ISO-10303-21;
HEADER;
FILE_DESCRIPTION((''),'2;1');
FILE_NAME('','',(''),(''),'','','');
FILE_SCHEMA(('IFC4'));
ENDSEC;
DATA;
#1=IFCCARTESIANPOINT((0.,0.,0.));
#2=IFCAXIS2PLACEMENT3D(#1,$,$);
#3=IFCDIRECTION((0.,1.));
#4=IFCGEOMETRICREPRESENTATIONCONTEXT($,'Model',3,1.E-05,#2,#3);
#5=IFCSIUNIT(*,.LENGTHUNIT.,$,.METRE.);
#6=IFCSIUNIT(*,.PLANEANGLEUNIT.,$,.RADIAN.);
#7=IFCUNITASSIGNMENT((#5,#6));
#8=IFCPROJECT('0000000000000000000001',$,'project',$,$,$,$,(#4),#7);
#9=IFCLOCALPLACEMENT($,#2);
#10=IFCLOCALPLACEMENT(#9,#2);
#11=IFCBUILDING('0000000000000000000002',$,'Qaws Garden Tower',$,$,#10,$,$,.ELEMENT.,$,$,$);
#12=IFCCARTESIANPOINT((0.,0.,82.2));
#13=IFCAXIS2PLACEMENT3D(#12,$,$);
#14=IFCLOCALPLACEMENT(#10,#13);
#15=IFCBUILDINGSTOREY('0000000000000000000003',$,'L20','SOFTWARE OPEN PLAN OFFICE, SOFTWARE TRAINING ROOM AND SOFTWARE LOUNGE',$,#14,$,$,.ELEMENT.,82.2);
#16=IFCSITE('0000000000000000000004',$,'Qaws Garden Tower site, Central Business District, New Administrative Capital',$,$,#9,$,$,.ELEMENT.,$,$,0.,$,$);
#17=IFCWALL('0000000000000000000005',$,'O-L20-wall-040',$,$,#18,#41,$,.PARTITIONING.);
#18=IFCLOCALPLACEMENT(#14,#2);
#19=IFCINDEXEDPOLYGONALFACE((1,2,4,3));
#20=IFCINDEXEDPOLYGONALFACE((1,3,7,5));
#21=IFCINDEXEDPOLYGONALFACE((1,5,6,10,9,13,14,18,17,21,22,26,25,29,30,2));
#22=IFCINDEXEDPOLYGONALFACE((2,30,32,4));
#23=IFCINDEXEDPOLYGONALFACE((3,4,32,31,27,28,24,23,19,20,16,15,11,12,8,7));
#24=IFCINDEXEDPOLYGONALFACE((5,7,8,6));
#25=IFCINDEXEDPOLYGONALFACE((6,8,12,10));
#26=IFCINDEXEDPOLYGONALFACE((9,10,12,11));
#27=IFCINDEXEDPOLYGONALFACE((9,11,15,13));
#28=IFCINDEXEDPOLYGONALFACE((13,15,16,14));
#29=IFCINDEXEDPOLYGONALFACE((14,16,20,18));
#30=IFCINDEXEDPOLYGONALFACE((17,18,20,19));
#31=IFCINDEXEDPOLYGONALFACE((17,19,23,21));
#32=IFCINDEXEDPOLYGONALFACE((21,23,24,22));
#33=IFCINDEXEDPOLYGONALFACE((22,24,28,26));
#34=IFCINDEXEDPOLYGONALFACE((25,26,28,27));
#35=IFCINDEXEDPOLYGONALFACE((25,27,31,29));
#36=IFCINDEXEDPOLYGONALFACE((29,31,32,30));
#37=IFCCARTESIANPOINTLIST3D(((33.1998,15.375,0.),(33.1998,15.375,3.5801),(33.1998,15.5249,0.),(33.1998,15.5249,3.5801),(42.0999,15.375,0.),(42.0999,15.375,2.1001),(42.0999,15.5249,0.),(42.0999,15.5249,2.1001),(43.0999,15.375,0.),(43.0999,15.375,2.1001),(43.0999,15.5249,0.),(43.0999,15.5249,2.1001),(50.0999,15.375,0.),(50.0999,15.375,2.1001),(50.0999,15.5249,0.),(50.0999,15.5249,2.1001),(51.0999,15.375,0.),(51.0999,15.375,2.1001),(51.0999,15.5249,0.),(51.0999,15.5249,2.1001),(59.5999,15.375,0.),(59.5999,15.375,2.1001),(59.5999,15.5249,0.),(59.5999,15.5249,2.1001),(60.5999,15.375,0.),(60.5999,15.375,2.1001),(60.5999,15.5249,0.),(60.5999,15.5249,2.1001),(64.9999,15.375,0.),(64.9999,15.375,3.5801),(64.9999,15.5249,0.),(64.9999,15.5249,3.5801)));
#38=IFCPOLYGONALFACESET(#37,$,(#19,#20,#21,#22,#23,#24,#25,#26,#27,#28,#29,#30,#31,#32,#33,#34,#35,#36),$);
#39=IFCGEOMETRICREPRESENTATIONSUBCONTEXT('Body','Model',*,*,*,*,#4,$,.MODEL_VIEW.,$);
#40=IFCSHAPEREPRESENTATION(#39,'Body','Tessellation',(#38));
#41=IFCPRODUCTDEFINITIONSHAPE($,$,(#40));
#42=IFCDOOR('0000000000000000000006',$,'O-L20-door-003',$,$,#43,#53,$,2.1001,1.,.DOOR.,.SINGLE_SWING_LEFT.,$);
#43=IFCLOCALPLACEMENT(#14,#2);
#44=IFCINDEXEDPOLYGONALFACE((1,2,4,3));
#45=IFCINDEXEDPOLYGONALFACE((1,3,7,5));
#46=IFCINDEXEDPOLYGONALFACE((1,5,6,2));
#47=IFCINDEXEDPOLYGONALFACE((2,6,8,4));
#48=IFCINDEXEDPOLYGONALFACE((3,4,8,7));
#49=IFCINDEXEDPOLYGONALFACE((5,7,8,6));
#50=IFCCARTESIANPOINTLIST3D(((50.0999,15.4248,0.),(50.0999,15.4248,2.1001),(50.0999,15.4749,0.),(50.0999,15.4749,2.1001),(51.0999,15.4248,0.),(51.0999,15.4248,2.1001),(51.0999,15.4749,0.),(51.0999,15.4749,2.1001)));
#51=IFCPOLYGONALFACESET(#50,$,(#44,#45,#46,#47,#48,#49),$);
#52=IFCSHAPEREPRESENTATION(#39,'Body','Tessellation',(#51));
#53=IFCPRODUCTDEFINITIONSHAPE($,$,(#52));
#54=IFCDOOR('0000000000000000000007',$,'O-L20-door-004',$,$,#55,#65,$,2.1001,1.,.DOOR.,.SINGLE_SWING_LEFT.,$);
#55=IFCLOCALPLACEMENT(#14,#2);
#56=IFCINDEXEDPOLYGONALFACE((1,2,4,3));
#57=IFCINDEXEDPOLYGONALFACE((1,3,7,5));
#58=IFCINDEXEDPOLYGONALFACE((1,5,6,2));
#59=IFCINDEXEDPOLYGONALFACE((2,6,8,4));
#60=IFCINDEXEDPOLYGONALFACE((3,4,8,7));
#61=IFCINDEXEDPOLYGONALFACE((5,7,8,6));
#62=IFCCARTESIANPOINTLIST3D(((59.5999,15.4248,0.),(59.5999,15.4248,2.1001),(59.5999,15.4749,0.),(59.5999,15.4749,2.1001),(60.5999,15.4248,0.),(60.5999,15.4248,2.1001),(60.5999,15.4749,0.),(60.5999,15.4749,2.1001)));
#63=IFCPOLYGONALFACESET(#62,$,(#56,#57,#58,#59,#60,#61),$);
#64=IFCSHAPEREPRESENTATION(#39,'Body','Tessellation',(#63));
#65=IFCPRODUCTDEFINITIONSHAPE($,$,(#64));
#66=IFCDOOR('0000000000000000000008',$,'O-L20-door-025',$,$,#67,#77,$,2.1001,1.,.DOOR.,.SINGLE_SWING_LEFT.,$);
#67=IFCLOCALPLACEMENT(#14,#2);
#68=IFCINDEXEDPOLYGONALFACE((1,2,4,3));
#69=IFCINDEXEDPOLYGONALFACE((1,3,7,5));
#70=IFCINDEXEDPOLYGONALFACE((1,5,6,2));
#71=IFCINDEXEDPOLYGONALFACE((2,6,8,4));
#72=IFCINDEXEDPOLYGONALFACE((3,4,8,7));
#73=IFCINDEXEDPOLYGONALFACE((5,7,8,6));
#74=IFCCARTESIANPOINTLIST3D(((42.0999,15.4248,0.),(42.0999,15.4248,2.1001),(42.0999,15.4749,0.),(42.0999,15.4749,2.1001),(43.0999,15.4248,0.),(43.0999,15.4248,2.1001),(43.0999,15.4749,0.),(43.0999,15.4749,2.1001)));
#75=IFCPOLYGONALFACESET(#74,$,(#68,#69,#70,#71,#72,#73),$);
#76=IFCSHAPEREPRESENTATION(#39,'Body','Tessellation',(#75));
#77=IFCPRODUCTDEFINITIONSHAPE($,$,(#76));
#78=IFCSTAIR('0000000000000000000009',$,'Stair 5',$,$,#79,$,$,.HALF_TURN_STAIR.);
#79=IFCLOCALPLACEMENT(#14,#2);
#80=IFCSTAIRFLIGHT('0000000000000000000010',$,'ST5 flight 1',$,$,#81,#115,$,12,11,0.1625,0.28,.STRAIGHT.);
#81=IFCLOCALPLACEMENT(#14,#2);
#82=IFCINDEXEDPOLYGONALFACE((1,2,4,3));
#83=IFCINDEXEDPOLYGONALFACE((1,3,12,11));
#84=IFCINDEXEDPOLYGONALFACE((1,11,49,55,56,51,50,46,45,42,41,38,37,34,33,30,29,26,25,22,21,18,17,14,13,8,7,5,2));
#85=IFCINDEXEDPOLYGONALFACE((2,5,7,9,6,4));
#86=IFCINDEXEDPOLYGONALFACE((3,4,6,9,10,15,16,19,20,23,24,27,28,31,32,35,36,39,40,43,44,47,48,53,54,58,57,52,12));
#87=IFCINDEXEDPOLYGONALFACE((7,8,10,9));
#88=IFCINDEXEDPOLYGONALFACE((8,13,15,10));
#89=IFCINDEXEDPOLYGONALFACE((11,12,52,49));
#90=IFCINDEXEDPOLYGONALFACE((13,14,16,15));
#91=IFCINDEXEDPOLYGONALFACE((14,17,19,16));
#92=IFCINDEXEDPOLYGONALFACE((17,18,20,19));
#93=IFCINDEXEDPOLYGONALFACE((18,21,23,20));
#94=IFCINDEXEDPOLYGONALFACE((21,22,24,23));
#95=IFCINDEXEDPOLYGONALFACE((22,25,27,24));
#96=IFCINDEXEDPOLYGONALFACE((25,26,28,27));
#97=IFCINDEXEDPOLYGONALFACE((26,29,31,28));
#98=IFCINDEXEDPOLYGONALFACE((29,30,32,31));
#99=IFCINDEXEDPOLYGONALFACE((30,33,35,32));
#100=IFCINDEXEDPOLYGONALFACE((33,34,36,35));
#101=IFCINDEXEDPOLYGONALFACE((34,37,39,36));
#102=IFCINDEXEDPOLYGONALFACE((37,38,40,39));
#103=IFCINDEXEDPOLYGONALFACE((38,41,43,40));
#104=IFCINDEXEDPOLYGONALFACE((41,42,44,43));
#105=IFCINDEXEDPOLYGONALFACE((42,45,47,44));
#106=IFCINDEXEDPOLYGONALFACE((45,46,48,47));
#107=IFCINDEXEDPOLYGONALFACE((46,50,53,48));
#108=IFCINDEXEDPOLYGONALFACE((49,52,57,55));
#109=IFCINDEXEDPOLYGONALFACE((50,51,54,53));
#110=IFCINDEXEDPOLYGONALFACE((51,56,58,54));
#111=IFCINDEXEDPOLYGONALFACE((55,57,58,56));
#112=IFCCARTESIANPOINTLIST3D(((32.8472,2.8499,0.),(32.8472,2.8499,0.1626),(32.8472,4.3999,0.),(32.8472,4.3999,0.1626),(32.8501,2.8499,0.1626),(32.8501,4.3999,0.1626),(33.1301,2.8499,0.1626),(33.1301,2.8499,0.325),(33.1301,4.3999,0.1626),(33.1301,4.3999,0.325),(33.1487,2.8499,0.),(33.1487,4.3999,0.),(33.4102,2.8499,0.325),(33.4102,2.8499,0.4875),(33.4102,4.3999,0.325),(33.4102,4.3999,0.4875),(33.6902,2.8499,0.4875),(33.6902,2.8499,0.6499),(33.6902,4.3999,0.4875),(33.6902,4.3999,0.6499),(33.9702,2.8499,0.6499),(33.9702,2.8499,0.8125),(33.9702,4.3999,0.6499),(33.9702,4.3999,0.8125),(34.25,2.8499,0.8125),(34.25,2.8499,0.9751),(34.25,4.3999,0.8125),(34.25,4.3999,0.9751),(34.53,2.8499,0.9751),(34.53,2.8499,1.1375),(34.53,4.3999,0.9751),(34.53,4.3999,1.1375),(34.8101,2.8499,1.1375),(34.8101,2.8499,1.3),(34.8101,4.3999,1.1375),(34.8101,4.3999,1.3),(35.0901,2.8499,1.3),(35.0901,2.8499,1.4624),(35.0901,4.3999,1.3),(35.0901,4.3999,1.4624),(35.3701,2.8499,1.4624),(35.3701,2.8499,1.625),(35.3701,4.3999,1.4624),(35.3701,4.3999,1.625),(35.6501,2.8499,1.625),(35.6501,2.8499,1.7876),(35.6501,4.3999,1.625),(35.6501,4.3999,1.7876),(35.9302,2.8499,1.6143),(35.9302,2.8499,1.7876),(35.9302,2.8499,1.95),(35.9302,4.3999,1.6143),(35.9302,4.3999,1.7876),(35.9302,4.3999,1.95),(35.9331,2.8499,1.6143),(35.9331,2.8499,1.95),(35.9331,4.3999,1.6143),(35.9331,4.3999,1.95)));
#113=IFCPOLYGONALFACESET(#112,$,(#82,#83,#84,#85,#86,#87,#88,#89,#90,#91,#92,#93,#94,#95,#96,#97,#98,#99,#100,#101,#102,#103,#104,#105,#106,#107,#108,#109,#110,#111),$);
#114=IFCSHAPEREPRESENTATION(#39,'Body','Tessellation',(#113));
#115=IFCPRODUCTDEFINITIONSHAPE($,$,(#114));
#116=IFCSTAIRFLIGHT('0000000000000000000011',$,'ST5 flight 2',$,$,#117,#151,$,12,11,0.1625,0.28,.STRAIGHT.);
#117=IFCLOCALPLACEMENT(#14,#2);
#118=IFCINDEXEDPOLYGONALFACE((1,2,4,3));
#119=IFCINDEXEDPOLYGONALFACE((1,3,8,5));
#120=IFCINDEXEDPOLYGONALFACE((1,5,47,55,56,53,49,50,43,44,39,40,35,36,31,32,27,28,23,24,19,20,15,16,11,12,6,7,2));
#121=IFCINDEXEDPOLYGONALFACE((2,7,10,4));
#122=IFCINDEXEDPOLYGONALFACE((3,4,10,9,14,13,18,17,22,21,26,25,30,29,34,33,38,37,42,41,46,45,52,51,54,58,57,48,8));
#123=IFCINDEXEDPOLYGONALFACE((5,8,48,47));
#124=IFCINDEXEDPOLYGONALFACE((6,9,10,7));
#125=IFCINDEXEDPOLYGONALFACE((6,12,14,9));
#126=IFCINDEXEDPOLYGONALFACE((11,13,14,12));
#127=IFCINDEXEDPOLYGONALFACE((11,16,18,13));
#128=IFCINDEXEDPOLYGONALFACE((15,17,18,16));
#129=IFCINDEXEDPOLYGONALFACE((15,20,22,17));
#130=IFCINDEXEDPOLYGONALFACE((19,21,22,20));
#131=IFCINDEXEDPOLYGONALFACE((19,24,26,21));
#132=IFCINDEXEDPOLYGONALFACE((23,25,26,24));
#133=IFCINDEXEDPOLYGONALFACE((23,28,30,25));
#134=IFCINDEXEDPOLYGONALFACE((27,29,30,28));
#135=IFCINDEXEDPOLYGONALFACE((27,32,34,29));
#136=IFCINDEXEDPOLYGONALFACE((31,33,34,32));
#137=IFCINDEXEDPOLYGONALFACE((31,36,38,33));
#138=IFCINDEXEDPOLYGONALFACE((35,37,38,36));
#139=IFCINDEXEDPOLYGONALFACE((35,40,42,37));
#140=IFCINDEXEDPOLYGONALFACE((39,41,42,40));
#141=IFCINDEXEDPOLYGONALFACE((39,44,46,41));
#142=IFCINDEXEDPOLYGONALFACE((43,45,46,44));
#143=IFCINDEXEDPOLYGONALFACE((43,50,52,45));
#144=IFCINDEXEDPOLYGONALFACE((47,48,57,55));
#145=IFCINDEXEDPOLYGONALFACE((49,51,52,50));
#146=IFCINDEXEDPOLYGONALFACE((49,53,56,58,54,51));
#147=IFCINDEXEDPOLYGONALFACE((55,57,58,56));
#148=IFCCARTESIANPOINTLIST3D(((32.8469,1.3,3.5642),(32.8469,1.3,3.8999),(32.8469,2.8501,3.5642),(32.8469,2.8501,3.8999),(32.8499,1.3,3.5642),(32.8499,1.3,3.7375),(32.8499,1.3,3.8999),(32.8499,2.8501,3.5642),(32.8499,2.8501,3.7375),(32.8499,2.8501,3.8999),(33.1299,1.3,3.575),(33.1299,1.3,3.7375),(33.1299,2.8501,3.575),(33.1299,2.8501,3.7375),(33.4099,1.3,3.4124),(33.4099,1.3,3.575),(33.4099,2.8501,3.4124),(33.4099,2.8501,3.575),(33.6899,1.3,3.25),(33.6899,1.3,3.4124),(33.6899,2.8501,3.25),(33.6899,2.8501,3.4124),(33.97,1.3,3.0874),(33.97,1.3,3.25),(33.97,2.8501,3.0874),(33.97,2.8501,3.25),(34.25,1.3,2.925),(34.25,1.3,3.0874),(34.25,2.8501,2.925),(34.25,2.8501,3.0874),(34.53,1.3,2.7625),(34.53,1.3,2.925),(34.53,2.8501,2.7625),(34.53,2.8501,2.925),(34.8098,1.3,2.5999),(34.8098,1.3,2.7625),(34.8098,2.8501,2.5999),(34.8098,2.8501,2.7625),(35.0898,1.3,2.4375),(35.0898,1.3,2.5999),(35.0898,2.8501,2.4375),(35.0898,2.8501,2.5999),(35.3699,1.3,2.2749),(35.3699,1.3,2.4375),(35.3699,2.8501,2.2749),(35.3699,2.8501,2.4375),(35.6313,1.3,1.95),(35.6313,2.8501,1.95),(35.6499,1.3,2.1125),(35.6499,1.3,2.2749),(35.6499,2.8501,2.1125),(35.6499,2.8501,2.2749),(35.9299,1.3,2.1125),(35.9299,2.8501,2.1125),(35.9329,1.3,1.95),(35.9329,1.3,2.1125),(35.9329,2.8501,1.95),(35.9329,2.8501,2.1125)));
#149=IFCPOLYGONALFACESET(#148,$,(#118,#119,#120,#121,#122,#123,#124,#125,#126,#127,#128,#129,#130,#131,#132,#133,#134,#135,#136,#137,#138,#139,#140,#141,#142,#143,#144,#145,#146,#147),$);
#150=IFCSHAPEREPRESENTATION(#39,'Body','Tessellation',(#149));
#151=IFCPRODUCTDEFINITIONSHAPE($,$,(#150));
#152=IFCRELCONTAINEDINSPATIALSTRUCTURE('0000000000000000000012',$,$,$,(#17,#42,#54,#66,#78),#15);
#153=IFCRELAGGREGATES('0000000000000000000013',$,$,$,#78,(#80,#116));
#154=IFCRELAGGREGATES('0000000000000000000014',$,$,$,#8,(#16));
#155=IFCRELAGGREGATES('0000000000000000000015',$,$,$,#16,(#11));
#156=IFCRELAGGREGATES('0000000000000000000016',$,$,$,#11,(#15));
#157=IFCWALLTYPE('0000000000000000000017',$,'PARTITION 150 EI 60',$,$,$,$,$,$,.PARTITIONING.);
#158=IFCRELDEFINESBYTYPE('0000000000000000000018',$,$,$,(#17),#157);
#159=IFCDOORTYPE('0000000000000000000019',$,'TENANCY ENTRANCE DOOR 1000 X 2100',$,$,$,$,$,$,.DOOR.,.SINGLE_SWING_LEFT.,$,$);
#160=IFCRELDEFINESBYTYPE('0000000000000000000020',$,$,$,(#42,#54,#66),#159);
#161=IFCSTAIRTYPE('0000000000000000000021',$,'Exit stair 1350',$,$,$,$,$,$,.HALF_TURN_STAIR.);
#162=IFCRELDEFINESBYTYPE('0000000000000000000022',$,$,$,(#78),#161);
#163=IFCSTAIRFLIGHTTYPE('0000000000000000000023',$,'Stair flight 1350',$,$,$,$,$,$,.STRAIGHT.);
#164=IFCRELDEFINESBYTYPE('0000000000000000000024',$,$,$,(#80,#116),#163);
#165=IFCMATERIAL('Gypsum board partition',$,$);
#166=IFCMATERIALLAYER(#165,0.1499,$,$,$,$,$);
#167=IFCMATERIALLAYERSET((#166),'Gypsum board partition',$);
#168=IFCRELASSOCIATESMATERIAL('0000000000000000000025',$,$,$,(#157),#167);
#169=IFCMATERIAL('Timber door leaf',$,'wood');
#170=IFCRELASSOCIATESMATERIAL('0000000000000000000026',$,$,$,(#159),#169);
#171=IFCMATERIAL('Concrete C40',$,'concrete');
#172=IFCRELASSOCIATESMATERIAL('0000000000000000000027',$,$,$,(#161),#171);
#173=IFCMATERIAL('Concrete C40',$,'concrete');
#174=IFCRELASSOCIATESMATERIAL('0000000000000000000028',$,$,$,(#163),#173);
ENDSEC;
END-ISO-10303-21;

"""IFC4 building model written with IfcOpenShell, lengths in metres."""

from ifc_helpers import new_model, si_unit, direction, frame, frame_2d, origin, place, context, subcontext, project, spatial, polyline, rectangle, outline, extrude, material, layer, layer_set, type_object, element, fill, aggregate, save


model = new_model("IFC4")

# Units and contexts
model_context = context("Model", 3, precision=1e-05, world=origin(), true_north=direction((0.0, 1.0)))
body_context = subcontext(model_context, "Body", "Model", "MODEL_VIEW")
ifc_project = project(units=[si_unit("LENGTHUNIT", "METRE"), si_unit("PLANEANGLEUNIT", "RADIAN")], contexts=[model_context])

# Site, building, storey
site_placement = place(None, origin())
site = spatial("IfcSite", under=ifc_project, at=site_placement, Name="Qaws Garden Tower site, Central Business District, New Administrative Capital", CompositionType="ELEMENT", RefElevation=0.0)
building_placement = place(site_placement, origin())
building = spatial("IfcBuilding", under=site, at=building_placement, Name="Qaws Garden Tower", CompositionType="ELEMENT")
storey_placement = place(building_placement, frame((0.0, 0.0, 82.2)))
storey = spatial("IfcBuildingStorey", under=building, at=storey_placement, Name="L20", Description="SOFTWARE OPEN PLAN OFFICE, SOFTWARE TRAINING ROOM AND SOFTWARE LOUNGE", CompositionType="ELEMENT", Elevation=82.2)

# Shared definitions
ifc_material_1 = material(Name="Gypsum board partition")
ifc_layer_1 = layer(ifc_material_1, 0.1499)
ifc_layer_set_1 = layer_set([ifc_layer_1], Name="Gypsum board partition")
wall_type_1 = type_object("IfcWallType", Name="PARTITION 150 EI 60", PredefinedType="PARTITIONING", material=ifc_layer_set_1)

# Shared definitions
ifc_material_2 = material(Name="Timber door leaf", Category="wood")
door_type_1 = type_object("IfcDoorType", Name="TENANCY ENTRANCE DOOR 1000 X 2100", OperationType="SINGLE_SWING_LEFT", PredefinedType="DOOR", material=ifc_material_2)

# Wall, openings, doors
wall_1_placement = place(storey_placement, frame((33.2, 15.45, 0.0), z_axis=(0.0, 0.0, 1.0), x_axis=(1.0, 0.0, 0.0)))
wall_1 = element("IfcWall", 1, at=wall_1_placement, inside=storey, type_object=wall_type_1, Name="O-L20-wall-040", PredefinedType="PARTITIONING", context=body_context, shape_type="SweptSolid", body=[
    extrude(rectangle(XDim=31.8, YDim=0.1499, at=frame_2d((15.8999, 0.0))), origin(), (0.0, 0.0, 1.0), 3.5801),
])
opening_1_placement = place(wall_1_placement, frame((16.8999, 0.0, 0.0)))
opening_1 = element("IfcOpeningElement", 2, at=opening_1_placement, cuts=wall_1, PredefinedType="OPENING", context=body_context, shape_type="SweptSolid", body=[
    extrude(rectangle(XDim=1.0, YDim=2.1001, at=frame_2d((0.5, 1.05))), frame((0.0, 0.085, 0.0), z_axis=(0.0, -1.0, 0.0), x_axis=(1.0, 0.0, 0.0)), (0.0, 0.0, 1.0), 0.1699),
])
opening_2_placement = place(wall_1_placement, frame((26.3999, 0.0, 0.0)))
opening_2 = element("IfcOpeningElement", 3, at=opening_2_placement, cuts=wall_1, PredefinedType="OPENING", context=body_context, shape_type="SweptSolid", body=[
    extrude(rectangle(XDim=1.0, YDim=2.1001, at=frame_2d((0.5, 1.05))), frame((0.0, 0.085, 0.0), z_axis=(0.0, -1.0, 0.0), x_axis=(1.0, 0.0, 0.0)), (0.0, 0.0, 1.0), 0.1699),
])
opening_3_placement = place(wall_1_placement, frame((8.8999, 0.0, 0.0)))
opening_3 = element("IfcOpeningElement", 4, at=opening_3_placement, cuts=wall_1, PredefinedType="OPENING", context=body_context, shape_type="SweptSolid", body=[
    extrude(rectangle(XDim=1.0, YDim=2.1001, at=frame_2d((0.5, 1.05))), frame((0.0, 0.085, 0.0), z_axis=(0.0, -1.0, 0.0), x_axis=(1.0, 0.0, 0.0)), (0.0, 0.0, 1.0), 0.1699),
])
door_1_placement = place(opening_1_placement, origin())
door_1 = element("IfcDoor", 5, at=door_1_placement, inside=storey, type_object=door_type_1, Name="O-L20-door-003", OperationType="SINGLE_SWING_LEFT", OverallHeight=2.1001, OverallWidth=1.0, PredefinedType="DOOR", context=body_context, shape_type="SweptSolid", body=[
    extrude(rectangle(XDim=1.0, YDim=2.1001, at=frame_2d((0.5, 1.05))), frame((0.0, 0.0249, 0.0), z_axis=(0.0, -1.0, 0.0), x_axis=(1.0, 0.0, 0.0)), (0.0, 0.0, 1.0), 0.05),
])
fill(opening_1, door_1)
door_2_placement = place(opening_2_placement, origin())
door_2 = element("IfcDoor", 6, at=door_2_placement, inside=storey, type_object=door_type_1, Name="O-L20-door-004", OperationType="SINGLE_SWING_LEFT", OverallHeight=2.1001, OverallWidth=1.0, PredefinedType="DOOR", context=body_context, shape_type="SweptSolid", body=[
    extrude(rectangle(XDim=1.0, YDim=2.1001, at=frame_2d((0.5, 1.05))), frame((0.0, 0.0249, 0.0), z_axis=(0.0, -1.0, 0.0), x_axis=(1.0, 0.0, 0.0)), (0.0, 0.0, 1.0), 0.05),
])
fill(opening_2, door_2)
door_3_placement = place(opening_3_placement, origin())
door_3 = element("IfcDoor", 7, at=door_3_placement, inside=storey, type_object=door_type_1, Name="O-L20-door-025", OperationType="SINGLE_SWING_LEFT", OverallHeight=2.1001, OverallWidth=1.0, PredefinedType="DOOR", context=body_context, shape_type="SweptSolid", body=[
    extrude(rectangle(XDim=1.0, YDim=2.1001, at=frame_2d((0.5, 1.05))), frame((0.0, 0.0249, 0.0), z_axis=(0.0, -1.0, 0.0), x_axis=(1.0, 0.0, 0.0)), (0.0, 0.0, 1.0), 0.05),
])
fill(opening_3, door_3)

# Stair, stair flights
ifc_material_3 = material(Name="Concrete C40", Category="concrete")
stair_type = type_object("IfcStairType", Name="Exit stair 1350", PredefinedType="HALF_TURN_STAIR", material=ifc_material_3)
stair_placement = place(storey_placement, origin())
stair = element("IfcStair", 8, at=stair_placement, inside=storey, type_object=stair_type, Name="Stair 5", PredefinedType="HALF_TURN_STAIR")
ifc_material_4 = material(Name="Concrete C40", Category="concrete")
stair_flight_type = type_object("IfcStairFlightType", Name="Stair flight 1350", PredefinedType="STRAIGHT", material=ifc_material_4)
stair_flight_1_placement = place(storey_placement, frame((32.8501, 3.625, 0.0), z_axis=(0.0, 0.0, 1.0), x_axis=(1.0, 0.0, 0.0)))
stair_flight_1 = element("IfcStairFlight", 9, at=stair_flight_1_placement, type_object=stair_flight_type, Name="ST5 flight 1", NumberOfRisers=12, NumberOfTreads=11, PredefinedType="STRAIGHT", RiserHeight=0.1625, TreadLength=0.28, context=body_context, shape_type="SweptSolid", body=[
    extrude(outline(polyline([(-0.0029, 0.0), (-0.0029, 0.1626), (0.0, 0.1626), (0.28, 0.1626), (0.28, 0.325), (0.5601, 0.325), (0.5601, 0.4875), (0.8401, 0.4875), (0.8401, 0.6499), (1.1201, 0.6499), (1.1201, 0.8125), (1.3999, 0.8125), (1.3999, 0.9751), (1.6799, 0.9751), (1.6799, 1.1375), (1.96, 1.1375), (1.96, 1.3), (2.24, 1.3), (2.24, 1.4624), (2.52, 1.4624), (2.52, 1.625), (2.8, 1.625), (2.8, 1.7876), (3.0801, 1.7876), (3.0801, 1.95), (3.083, 1.95), (3.083, 1.6143), (3.0801, 1.6143), (0.2986, 0.0), (-0.0029, 0.0)])), frame((0.0, 0.7749, 0.0), z_axis=(0.0, -1.0, 0.0), x_axis=(1.0, 0.0, 0.0)), (0.0, 0.0, 1.0), 1.55),
])
stair_flight_2_placement = place(storey_placement, frame((35.9299, 2.075, 1.95), z_axis=(0.0, 0.0, 1.0), x_axis=(-1.0, 0.0, 0.0)))
stair_flight_2 = element("IfcStairFlight", 10, at=stair_flight_2_placement, type_object=stair_flight_type, Name="ST5 flight 2", NumberOfRisers=12, NumberOfTreads=11, PredefinedType="STRAIGHT", RiserHeight=0.1625, TreadLength=0.28, context=body_context, shape_type="SweptSolid", body=[
    extrude(outline(polyline([(-0.0029, 0.0), (-0.0029, 0.1626), (0.0, 0.1626), (0.28, 0.1626), (0.28, 0.325), (0.5601, 0.325), (0.5601, 0.4875), (0.8401, 0.4875), (0.8401, 0.6499), (1.1201, 0.6499), (1.1201, 0.8125), (1.3999, 0.8125), (1.3999, 0.9751), (1.6799, 0.9751), (1.6799, 1.1375), (1.96, 1.1375), (1.96, 1.3), (2.24, 1.3), (2.24, 1.4624), (2.52, 1.4624), (2.52, 1.625), (2.8, 1.625), (2.8, 1.7876), (3.0801, 1.7876), (3.0801, 1.95), (3.083, 1.95), (3.083, 1.6143), (3.0801, 1.6143), (0.2986, 0.0), (-0.0029, 0.0)])), frame((0.0, 0.7749, 0.0), z_axis=(0.0, -1.0, 0.0), x_axis=(1.0, 0.0, 0.0)), (0.0, 0.0, 1.0), 1.55),
])
aggregate(stair, [stair_flight_1, stair_flight_2])

save(model, "model.ifc")
